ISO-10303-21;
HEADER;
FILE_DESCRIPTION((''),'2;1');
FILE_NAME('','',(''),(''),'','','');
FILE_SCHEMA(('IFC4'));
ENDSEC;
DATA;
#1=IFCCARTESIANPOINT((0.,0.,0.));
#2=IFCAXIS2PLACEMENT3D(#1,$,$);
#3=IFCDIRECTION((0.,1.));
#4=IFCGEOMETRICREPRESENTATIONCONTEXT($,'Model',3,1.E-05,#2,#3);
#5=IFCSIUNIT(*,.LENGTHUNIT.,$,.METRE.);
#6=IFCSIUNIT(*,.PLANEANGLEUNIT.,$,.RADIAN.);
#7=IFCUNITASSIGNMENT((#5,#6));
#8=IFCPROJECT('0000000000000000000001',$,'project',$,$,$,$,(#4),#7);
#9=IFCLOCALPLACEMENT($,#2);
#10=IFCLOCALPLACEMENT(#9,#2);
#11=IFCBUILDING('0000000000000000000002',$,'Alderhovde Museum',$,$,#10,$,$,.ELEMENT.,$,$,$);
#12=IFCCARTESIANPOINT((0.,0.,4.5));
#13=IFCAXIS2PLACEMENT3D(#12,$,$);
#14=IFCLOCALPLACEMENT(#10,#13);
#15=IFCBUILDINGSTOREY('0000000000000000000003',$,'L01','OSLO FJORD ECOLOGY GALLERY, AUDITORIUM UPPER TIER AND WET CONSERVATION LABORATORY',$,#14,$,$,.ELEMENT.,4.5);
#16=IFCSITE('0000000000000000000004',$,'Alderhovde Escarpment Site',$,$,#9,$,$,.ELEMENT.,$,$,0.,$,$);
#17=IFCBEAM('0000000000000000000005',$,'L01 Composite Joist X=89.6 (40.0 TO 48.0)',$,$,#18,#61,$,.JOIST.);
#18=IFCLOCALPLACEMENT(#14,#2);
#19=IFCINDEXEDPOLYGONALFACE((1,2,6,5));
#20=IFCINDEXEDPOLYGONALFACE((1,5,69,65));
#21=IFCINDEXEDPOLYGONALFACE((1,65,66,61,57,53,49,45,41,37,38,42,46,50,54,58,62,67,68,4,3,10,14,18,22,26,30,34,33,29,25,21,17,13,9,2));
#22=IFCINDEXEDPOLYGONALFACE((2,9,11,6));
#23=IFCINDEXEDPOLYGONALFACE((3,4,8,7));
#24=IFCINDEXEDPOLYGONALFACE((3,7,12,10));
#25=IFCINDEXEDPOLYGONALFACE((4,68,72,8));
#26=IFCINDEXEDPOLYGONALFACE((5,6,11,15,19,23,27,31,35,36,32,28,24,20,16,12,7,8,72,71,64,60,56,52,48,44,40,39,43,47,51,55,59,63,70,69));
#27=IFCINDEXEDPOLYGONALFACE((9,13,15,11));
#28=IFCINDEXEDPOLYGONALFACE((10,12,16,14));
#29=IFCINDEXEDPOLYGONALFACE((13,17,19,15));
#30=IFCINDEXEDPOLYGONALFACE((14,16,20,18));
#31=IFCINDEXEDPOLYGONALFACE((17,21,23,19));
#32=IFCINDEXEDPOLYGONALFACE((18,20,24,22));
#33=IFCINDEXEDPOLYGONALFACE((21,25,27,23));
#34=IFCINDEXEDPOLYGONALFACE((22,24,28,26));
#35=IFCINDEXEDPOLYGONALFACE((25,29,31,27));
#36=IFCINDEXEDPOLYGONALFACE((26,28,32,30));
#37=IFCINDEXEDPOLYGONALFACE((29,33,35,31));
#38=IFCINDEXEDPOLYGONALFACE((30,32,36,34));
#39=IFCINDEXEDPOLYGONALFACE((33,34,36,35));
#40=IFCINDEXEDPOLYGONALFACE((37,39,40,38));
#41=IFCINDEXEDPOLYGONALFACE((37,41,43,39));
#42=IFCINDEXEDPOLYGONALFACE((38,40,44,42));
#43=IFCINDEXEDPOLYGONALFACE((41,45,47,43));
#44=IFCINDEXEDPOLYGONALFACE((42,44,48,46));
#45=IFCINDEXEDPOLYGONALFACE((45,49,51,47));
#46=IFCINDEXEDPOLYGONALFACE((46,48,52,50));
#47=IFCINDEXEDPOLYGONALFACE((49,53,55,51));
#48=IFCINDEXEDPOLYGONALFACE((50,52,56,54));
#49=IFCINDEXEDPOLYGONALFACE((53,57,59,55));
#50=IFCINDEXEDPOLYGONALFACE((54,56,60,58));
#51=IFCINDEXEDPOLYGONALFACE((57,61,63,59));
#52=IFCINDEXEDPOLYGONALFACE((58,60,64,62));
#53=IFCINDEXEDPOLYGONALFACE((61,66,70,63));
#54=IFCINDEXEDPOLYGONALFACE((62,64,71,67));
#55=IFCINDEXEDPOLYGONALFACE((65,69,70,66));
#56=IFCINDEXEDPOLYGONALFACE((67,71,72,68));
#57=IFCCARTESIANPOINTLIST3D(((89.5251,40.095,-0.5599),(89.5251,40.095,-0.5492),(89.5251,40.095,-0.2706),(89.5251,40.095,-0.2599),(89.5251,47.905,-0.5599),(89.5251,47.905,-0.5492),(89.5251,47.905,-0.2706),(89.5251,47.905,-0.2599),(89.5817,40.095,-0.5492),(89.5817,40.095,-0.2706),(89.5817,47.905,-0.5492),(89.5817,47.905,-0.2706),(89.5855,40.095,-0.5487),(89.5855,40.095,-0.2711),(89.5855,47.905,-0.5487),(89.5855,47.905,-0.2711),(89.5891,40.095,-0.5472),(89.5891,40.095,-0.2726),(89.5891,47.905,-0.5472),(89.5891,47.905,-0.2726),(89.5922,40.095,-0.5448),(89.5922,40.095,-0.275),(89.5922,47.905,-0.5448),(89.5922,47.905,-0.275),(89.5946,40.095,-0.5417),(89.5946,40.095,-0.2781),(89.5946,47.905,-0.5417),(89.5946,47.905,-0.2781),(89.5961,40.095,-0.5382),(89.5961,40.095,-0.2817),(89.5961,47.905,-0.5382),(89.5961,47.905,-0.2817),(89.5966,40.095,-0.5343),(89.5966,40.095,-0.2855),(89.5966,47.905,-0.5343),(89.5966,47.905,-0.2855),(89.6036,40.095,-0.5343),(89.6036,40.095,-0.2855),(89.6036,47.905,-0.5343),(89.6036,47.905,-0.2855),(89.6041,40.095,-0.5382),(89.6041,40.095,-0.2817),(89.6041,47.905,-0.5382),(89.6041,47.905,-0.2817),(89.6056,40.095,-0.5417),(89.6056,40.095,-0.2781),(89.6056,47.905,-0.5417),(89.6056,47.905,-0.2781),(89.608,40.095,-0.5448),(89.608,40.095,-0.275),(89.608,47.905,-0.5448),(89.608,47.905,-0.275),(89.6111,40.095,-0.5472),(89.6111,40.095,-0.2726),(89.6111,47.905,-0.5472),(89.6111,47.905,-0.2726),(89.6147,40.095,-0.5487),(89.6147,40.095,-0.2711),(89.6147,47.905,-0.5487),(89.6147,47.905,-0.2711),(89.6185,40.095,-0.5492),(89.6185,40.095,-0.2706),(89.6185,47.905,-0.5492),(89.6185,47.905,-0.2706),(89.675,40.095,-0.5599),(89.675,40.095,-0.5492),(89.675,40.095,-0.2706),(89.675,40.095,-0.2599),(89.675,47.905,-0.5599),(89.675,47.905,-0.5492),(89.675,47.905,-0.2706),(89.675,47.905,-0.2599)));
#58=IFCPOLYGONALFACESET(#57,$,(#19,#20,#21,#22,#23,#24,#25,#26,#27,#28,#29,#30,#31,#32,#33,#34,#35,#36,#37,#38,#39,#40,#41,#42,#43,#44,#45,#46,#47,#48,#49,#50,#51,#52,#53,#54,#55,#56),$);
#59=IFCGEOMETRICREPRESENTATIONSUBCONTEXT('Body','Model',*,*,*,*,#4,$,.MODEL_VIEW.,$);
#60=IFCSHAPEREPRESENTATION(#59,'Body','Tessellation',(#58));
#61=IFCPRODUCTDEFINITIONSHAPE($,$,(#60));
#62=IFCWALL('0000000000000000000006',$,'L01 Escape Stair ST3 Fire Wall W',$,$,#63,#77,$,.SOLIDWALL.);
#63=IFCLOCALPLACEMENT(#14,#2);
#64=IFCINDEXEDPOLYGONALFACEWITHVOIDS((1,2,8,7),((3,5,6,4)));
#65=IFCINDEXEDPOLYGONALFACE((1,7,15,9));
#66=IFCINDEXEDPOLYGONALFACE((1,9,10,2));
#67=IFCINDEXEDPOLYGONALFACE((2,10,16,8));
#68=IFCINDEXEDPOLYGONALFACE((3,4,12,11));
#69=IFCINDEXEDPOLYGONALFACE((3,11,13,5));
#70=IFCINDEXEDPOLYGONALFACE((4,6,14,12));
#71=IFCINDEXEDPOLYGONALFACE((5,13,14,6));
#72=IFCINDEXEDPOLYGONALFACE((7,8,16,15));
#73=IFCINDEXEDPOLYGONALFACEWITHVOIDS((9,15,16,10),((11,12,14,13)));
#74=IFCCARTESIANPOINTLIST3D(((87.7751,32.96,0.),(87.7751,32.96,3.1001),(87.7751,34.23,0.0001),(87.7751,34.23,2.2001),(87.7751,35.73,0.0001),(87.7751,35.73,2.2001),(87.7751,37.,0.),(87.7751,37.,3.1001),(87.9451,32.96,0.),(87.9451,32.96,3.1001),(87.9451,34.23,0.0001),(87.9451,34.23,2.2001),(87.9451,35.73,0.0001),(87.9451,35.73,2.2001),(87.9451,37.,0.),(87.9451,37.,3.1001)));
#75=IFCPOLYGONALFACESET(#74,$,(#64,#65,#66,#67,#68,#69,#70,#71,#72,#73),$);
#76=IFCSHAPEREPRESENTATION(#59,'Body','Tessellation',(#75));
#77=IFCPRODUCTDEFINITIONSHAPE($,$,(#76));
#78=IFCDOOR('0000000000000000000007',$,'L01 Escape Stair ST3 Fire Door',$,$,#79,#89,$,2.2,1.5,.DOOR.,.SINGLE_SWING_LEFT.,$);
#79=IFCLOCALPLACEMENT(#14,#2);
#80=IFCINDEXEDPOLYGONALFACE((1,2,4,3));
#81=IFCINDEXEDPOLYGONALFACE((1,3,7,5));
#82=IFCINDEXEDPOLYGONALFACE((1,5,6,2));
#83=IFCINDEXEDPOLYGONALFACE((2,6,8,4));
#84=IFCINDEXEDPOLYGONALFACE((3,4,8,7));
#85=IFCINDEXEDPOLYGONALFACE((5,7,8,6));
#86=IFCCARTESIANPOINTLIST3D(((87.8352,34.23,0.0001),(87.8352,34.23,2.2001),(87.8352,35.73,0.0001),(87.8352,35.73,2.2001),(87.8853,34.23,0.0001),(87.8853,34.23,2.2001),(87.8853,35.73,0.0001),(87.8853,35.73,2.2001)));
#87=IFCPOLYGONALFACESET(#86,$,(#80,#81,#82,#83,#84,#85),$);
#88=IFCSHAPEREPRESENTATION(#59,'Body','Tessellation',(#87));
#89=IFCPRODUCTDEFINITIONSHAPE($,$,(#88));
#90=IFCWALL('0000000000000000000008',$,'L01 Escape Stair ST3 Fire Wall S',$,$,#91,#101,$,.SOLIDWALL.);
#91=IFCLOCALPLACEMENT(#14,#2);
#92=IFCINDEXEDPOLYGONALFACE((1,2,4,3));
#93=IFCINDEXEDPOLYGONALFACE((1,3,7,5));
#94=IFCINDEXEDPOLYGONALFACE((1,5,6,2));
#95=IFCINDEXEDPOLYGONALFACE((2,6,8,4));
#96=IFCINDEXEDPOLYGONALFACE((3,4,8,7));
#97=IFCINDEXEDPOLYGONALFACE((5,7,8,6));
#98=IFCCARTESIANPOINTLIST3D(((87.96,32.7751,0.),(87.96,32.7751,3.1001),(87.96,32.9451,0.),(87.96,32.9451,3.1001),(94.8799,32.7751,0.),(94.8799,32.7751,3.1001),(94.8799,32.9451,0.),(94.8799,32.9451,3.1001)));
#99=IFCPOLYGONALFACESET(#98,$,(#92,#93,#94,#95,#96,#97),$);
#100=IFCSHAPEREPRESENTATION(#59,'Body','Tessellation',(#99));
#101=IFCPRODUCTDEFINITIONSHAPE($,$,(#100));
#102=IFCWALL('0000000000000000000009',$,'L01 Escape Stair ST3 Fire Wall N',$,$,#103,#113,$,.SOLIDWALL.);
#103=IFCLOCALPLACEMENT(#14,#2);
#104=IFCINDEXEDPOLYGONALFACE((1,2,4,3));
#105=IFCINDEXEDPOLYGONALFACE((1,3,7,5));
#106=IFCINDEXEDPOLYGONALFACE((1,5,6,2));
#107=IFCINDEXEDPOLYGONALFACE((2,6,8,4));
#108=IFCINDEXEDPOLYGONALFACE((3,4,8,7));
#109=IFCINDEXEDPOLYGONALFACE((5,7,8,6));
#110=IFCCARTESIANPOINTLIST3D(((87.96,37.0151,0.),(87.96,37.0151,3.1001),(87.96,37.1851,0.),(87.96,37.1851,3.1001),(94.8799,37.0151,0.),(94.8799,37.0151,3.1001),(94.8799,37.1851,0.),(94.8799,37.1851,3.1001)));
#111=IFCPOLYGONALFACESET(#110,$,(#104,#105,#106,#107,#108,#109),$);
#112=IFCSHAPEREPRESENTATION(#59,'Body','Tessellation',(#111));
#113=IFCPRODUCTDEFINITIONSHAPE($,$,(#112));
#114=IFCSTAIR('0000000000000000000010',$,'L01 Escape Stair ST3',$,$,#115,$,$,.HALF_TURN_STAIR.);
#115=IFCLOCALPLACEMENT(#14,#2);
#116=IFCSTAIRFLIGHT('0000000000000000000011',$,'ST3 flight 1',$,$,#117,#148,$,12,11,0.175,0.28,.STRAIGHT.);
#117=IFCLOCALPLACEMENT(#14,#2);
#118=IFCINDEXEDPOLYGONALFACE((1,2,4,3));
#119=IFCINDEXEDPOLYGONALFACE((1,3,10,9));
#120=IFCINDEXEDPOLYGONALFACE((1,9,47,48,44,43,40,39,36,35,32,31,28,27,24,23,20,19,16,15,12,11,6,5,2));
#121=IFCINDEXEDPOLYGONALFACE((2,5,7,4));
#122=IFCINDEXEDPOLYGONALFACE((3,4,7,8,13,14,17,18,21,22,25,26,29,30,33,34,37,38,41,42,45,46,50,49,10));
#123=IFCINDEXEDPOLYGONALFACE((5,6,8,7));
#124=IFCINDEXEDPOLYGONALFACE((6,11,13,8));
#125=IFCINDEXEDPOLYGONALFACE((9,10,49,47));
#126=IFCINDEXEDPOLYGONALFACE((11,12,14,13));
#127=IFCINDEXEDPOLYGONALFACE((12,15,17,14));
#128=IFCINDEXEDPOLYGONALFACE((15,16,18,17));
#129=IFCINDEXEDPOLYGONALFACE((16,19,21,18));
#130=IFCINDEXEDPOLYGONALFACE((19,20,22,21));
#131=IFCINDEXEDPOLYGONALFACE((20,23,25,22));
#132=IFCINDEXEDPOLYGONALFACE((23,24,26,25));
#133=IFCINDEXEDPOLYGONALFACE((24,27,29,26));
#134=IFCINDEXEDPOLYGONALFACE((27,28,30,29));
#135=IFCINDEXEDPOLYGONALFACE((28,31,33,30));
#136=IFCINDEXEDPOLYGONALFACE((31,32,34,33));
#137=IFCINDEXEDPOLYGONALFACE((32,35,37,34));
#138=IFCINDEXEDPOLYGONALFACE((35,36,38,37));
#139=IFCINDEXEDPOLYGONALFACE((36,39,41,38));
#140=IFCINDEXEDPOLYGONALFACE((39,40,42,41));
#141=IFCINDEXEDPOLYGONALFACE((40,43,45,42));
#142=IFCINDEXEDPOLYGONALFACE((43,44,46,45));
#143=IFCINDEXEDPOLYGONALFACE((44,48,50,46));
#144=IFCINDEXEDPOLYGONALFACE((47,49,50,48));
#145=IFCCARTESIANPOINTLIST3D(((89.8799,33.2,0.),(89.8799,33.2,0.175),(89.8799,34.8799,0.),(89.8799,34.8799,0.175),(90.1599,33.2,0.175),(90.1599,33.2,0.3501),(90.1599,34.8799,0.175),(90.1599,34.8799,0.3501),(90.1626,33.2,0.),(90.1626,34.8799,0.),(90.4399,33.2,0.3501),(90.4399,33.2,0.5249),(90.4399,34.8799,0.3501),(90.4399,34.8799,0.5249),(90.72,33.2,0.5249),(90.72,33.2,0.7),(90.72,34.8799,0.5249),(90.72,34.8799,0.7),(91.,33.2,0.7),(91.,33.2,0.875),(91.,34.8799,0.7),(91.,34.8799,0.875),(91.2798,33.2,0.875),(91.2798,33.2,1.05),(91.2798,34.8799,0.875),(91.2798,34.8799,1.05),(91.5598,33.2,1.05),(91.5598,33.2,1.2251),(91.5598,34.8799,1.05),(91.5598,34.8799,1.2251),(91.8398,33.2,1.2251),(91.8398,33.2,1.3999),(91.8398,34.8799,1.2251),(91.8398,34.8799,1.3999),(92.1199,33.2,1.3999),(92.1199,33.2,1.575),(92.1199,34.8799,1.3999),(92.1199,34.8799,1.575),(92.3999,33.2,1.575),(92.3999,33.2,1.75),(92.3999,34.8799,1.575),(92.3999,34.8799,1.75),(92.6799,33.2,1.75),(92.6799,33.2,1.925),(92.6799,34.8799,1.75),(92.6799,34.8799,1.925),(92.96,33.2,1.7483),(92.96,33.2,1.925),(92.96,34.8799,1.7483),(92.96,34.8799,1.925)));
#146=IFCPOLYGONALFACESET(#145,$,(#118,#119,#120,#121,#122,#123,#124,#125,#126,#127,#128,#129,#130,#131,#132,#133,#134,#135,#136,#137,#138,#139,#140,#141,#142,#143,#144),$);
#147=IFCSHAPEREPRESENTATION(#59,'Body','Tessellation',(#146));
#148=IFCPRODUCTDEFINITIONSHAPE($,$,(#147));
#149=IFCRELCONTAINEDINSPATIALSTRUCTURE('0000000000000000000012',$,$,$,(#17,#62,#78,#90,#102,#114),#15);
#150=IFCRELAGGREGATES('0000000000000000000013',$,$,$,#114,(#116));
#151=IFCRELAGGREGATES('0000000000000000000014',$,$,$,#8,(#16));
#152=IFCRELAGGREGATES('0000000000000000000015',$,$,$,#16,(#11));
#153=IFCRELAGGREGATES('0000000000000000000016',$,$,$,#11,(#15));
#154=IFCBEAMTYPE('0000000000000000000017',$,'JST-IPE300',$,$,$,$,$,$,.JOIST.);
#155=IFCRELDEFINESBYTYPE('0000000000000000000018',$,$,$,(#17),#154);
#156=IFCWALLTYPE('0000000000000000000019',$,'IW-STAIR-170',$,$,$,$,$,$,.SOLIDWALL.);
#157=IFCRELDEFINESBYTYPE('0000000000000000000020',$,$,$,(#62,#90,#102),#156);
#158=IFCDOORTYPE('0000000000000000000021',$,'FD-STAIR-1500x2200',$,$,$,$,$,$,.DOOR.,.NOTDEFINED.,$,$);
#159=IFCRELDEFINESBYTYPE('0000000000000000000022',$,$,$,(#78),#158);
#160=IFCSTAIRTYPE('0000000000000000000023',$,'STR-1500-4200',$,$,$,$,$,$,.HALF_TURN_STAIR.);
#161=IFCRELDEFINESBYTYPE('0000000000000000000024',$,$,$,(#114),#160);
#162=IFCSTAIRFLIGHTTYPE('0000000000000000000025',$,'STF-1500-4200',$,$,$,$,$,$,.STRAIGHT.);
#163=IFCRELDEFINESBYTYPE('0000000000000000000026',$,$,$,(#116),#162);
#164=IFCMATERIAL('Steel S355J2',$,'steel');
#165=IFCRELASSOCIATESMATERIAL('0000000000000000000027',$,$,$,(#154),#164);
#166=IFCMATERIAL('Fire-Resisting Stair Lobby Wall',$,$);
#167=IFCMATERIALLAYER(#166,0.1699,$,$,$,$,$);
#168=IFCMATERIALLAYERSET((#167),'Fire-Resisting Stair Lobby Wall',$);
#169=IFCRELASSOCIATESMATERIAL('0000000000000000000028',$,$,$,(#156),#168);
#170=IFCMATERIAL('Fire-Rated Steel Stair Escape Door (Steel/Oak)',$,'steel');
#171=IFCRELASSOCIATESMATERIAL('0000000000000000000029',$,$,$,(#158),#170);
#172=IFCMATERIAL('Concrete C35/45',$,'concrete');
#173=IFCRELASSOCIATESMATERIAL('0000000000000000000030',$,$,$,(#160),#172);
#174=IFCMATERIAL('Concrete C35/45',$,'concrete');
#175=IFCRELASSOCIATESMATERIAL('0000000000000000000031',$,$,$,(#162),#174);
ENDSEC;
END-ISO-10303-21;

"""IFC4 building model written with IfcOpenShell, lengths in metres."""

from ifc_helpers import new_model, si_unit, direction, frame, frame_2d, origin, origin_2d, place, context, subcontext, project, spatial, polyline, rectangle, i_section, outline, extrude, material, layer, layer_set, material_profile, profile_set, type_object, element, fill, aggregate, save


model = new_model("IFC4")

# Units and contexts
model_context = context("Model", 3, precision=1e-05, world=origin(), true_north=direction((0.0, 1.0)))
body_context = subcontext(model_context, "Body", "Model", "MODEL_VIEW")
ifc_project = project(units=[si_unit("LENGTHUNIT", "METRE"), si_unit("PLANEANGLEUNIT", "RADIAN")], contexts=[model_context])

# Site, building, storey
site_placement = place(None, origin())
site = spatial("IfcSite", under=ifc_project, at=site_placement, Name="Alderhovde Escarpment Site", CompositionType="ELEMENT", RefElevation=0.0)
building_placement = place(site_placement, origin())
building = spatial("IfcBuilding", under=site, at=building_placement, Name="Alderhovde Museum", CompositionType="ELEMENT")
storey_placement = place(building_placement, frame((0.0, 0.0, 4.5)))
storey = spatial("IfcBuildingStorey", under=building, at=storey_placement, Name="L01", Description="OSLO FJORD ECOLOGY GALLERY, AUDITORIUM UPPER TIER AND WET CONSERVATION LABORATORY", CompositionType="ELEMENT", Elevation=4.5)

# Beam
ifc_material_1 = material(Name="Steel S355J2", Category="steel")
ifc_material_profile_1 = material_profile(ifc_material_1, i_section(OverallWidth=0.1499, OverallDepth=0.3, WebThickness=0.0071, FlangeThickness=0.0107, FilletRadius=0.0149, at=origin_2d()), Name="IPE 300")
ifc_profile_set_1 = profile_set([ifc_material_profile_1], Name="Steel S355J2")
beam_type_1 = type_object("IfcBeamType", Name="JST-IPE300", PredefinedType="JOIST", material=ifc_profile_set_1)
for number, where, z_axis, x_axis, name in (
    (1, (89.6001, 40.095, -0.4099), (0.0, 1.0, 0.0), (-1.0, 0.0, 0.0), "L01 Composite Joist X=89.6 (40.0 TO 48.0)"),
):
    element("IfcBeam", number, at=place(storey_placement, frame(where, z_axis=z_axis, x_axis=x_axis)), inside=storey, type_object=beam_type_1, Name=name, PredefinedType="JOIST", context=body_context, shape_type="SweptSolid", body=[
        extrude(i_section(OverallWidth=0.1499, OverallDepth=0.3, WebThickness=0.0071, FlangeThickness=0.0107, FilletRadius=0.0149, at=origin_2d()), origin(), (0.0, 0.0, 1.0), 7.8101),
    ])

# Wall, opening, door
ifc_material_2 = material(Name="Fire-Resisting Stair Lobby Wall")
ifc_layer = layer(ifc_material_2, 0.1699)
ifc_layer_set = layer_set([ifc_layer], Name="Fire-Resisting Stair Lobby Wall")
wall_type = type_object("IfcWallType", Name="IW-STAIR-170", PredefinedType="SOLIDWALL", material=ifc_layer_set)
wall_placement = place(storey_placement, frame((87.8601, 32.96, 0.0), z_axis=(0.0, 0.0, 1.0), x_axis=(0.0, 1.0, 0.0)))
wall = element("IfcWall", 2, at=wall_placement, inside=storey, type_object=wall_type, Name="L01 Escape Stair ST3 Fire Wall W", PredefinedType="SOLIDWALL", context=body_context, shape_type="SweptSolid", body=[
    extrude(rectangle(XDim=4.04, YDim=0.1699, at=frame_2d((2.02, 0.0))), origin(), (0.0, 0.0, 1.0), 3.1001),
])
opening_placement = place(wall_placement, frame((1.27, 0.0, 0.0)))
opening = element("IfcOpeningElement", 3, at=opening_placement, cuts=wall, PredefinedType="OPENING", context=body_context, shape_type="SweptSolid", body=[
    extrude(rectangle(XDim=1.5, YDim=2.2, at=frame_2d((0.75, 1.1001))), frame((0.0, 0.095, 0.0), z_axis=(0.0, -1.0, 0.0), x_axis=(1.0, 0.0, 0.0)), (0.0, 0.0, 1.0), 0.1899),
])
ifc_material_3 = material(Name="Fire-Rated Steel Stair Escape Door (Steel/Oak)", Category="steel")
door_type = type_object("IfcDoorType", Name="FD-STAIR-1500x2200", OperationType="NOTDEFINED", PredefinedType="DOOR", material=ifc_material_3)
door_placement = place(opening_placement, origin())
door = element("IfcDoor", 4, at=door_placement, inside=storey, type_object=door_type, Name="L01 Escape Stair ST3 Fire Door", OperationType="SINGLE_SWING_LEFT", OverallHeight=2.2, OverallWidth=1.5, PredefinedType="DOOR", context=body_context, shape_type="SweptSolid", body=[
    extrude(rectangle(XDim=1.5, YDim=2.2, at=frame_2d((0.75, 1.1001))), frame((0.0, 0.0249, 0.0), z_axis=(0.0, -1.0, 0.0), x_axis=(1.0, 0.0, 0.0)), (0.0, 0.0, 1.0), 0.05),
])
fill(opening, door)

# Walls
for number, where, z_axis, x_axis, name in (
    (5, (87.96, 32.8601, 0.0), (0.0, 0.0, 1.0), (1.0, 0.0, 0.0), "L01 Escape Stair ST3 Fire Wall S"),
    (6, (87.96, 37.1001, 0.0), (0.0, 0.0, 1.0), (1.0, 0.0, 0.0), "L01 Escape Stair ST3 Fire Wall N"),
):
    element("IfcWall", number, at=place(storey_placement, frame(where, z_axis=z_axis, x_axis=x_axis)), inside=storey, type_object=wall_type, Name=name, PredefinedType="SOLIDWALL", context=body_context, shape_type="SweptSolid", body=[
        extrude(rectangle(XDim=6.9199, YDim=0.1699, at=frame_2d((3.46, 0.0))), origin(), (0.0, 0.0, 1.0), 3.1001),
    ])

# Stair, stair flight
ifc_material_4 = material(Name="Concrete C35/45", Category="concrete")
stair_type = type_object("IfcStairType", Name="STR-1500-4200", PredefinedType="HALF_TURN_STAIR", material=ifc_material_4)
stair_placement = place(storey_placement, origin())
stair = element("IfcStair", 7, at=stair_placement, inside=storey, type_object=stair_type, Name="L01 Escape Stair ST3", PredefinedType="HALF_TURN_STAIR")
ifc_material_5 = material(Name="Concrete C35/45", Category="concrete")
stair_flight_type = type_object("IfcStairFlightType", Name="STF-1500-4200", PredefinedType="STRAIGHT", material=ifc_material_5)
stair_flight_placement = place(storey_placement, frame((89.8799, 34.04, 0.0), z_axis=(0.0, 0.0, 1.0), x_axis=(1.0, 0.0, 0.0)))
stair_flight = element("IfcStairFlight", 8, at=stair_flight_placement, type_object=stair_flight_type, Name="ST3 flight 1", NumberOfRisers=12, NumberOfTreads=11, PredefinedType="STRAIGHT", RiserHeight=0.175, TreadLength=0.28, context=body_context, shape_type="SweptSolid", body=[
    extrude(outline(polyline([(0.0, 0.0), (0.0, 0.175), (0.28, 0.175), (0.28, 0.3501), (0.5601, 0.3501), (0.5601, 0.5249), (0.8401, 0.5249), (0.8401, 0.7), (1.1201, 0.7), (1.1201, 0.875), (1.3999, 0.875), (1.3999, 1.05), (1.6799, 1.05), (1.6799, 1.2251), (1.96, 1.2251), (1.96, 1.3999), (2.24, 1.3999), (2.24, 1.575), (2.52, 1.575), (2.52, 1.75), (2.8, 1.75), (2.8, 1.925), (3.0801, 1.925), (3.0801, 2.1001), (3.0801, 1.7483), (0.2827, 0.0), (0.0, 0.0)])), frame((0.0, 0.8398, 0.0), z_axis=(0.0, -1.0, 0.0), x_axis=(1.0, 0.0, 0.0)), (0.0, 0.0, 1.0), 1.6799),
])
aggregate(stair, [stair_flight])

save(model, "model.ifc")
